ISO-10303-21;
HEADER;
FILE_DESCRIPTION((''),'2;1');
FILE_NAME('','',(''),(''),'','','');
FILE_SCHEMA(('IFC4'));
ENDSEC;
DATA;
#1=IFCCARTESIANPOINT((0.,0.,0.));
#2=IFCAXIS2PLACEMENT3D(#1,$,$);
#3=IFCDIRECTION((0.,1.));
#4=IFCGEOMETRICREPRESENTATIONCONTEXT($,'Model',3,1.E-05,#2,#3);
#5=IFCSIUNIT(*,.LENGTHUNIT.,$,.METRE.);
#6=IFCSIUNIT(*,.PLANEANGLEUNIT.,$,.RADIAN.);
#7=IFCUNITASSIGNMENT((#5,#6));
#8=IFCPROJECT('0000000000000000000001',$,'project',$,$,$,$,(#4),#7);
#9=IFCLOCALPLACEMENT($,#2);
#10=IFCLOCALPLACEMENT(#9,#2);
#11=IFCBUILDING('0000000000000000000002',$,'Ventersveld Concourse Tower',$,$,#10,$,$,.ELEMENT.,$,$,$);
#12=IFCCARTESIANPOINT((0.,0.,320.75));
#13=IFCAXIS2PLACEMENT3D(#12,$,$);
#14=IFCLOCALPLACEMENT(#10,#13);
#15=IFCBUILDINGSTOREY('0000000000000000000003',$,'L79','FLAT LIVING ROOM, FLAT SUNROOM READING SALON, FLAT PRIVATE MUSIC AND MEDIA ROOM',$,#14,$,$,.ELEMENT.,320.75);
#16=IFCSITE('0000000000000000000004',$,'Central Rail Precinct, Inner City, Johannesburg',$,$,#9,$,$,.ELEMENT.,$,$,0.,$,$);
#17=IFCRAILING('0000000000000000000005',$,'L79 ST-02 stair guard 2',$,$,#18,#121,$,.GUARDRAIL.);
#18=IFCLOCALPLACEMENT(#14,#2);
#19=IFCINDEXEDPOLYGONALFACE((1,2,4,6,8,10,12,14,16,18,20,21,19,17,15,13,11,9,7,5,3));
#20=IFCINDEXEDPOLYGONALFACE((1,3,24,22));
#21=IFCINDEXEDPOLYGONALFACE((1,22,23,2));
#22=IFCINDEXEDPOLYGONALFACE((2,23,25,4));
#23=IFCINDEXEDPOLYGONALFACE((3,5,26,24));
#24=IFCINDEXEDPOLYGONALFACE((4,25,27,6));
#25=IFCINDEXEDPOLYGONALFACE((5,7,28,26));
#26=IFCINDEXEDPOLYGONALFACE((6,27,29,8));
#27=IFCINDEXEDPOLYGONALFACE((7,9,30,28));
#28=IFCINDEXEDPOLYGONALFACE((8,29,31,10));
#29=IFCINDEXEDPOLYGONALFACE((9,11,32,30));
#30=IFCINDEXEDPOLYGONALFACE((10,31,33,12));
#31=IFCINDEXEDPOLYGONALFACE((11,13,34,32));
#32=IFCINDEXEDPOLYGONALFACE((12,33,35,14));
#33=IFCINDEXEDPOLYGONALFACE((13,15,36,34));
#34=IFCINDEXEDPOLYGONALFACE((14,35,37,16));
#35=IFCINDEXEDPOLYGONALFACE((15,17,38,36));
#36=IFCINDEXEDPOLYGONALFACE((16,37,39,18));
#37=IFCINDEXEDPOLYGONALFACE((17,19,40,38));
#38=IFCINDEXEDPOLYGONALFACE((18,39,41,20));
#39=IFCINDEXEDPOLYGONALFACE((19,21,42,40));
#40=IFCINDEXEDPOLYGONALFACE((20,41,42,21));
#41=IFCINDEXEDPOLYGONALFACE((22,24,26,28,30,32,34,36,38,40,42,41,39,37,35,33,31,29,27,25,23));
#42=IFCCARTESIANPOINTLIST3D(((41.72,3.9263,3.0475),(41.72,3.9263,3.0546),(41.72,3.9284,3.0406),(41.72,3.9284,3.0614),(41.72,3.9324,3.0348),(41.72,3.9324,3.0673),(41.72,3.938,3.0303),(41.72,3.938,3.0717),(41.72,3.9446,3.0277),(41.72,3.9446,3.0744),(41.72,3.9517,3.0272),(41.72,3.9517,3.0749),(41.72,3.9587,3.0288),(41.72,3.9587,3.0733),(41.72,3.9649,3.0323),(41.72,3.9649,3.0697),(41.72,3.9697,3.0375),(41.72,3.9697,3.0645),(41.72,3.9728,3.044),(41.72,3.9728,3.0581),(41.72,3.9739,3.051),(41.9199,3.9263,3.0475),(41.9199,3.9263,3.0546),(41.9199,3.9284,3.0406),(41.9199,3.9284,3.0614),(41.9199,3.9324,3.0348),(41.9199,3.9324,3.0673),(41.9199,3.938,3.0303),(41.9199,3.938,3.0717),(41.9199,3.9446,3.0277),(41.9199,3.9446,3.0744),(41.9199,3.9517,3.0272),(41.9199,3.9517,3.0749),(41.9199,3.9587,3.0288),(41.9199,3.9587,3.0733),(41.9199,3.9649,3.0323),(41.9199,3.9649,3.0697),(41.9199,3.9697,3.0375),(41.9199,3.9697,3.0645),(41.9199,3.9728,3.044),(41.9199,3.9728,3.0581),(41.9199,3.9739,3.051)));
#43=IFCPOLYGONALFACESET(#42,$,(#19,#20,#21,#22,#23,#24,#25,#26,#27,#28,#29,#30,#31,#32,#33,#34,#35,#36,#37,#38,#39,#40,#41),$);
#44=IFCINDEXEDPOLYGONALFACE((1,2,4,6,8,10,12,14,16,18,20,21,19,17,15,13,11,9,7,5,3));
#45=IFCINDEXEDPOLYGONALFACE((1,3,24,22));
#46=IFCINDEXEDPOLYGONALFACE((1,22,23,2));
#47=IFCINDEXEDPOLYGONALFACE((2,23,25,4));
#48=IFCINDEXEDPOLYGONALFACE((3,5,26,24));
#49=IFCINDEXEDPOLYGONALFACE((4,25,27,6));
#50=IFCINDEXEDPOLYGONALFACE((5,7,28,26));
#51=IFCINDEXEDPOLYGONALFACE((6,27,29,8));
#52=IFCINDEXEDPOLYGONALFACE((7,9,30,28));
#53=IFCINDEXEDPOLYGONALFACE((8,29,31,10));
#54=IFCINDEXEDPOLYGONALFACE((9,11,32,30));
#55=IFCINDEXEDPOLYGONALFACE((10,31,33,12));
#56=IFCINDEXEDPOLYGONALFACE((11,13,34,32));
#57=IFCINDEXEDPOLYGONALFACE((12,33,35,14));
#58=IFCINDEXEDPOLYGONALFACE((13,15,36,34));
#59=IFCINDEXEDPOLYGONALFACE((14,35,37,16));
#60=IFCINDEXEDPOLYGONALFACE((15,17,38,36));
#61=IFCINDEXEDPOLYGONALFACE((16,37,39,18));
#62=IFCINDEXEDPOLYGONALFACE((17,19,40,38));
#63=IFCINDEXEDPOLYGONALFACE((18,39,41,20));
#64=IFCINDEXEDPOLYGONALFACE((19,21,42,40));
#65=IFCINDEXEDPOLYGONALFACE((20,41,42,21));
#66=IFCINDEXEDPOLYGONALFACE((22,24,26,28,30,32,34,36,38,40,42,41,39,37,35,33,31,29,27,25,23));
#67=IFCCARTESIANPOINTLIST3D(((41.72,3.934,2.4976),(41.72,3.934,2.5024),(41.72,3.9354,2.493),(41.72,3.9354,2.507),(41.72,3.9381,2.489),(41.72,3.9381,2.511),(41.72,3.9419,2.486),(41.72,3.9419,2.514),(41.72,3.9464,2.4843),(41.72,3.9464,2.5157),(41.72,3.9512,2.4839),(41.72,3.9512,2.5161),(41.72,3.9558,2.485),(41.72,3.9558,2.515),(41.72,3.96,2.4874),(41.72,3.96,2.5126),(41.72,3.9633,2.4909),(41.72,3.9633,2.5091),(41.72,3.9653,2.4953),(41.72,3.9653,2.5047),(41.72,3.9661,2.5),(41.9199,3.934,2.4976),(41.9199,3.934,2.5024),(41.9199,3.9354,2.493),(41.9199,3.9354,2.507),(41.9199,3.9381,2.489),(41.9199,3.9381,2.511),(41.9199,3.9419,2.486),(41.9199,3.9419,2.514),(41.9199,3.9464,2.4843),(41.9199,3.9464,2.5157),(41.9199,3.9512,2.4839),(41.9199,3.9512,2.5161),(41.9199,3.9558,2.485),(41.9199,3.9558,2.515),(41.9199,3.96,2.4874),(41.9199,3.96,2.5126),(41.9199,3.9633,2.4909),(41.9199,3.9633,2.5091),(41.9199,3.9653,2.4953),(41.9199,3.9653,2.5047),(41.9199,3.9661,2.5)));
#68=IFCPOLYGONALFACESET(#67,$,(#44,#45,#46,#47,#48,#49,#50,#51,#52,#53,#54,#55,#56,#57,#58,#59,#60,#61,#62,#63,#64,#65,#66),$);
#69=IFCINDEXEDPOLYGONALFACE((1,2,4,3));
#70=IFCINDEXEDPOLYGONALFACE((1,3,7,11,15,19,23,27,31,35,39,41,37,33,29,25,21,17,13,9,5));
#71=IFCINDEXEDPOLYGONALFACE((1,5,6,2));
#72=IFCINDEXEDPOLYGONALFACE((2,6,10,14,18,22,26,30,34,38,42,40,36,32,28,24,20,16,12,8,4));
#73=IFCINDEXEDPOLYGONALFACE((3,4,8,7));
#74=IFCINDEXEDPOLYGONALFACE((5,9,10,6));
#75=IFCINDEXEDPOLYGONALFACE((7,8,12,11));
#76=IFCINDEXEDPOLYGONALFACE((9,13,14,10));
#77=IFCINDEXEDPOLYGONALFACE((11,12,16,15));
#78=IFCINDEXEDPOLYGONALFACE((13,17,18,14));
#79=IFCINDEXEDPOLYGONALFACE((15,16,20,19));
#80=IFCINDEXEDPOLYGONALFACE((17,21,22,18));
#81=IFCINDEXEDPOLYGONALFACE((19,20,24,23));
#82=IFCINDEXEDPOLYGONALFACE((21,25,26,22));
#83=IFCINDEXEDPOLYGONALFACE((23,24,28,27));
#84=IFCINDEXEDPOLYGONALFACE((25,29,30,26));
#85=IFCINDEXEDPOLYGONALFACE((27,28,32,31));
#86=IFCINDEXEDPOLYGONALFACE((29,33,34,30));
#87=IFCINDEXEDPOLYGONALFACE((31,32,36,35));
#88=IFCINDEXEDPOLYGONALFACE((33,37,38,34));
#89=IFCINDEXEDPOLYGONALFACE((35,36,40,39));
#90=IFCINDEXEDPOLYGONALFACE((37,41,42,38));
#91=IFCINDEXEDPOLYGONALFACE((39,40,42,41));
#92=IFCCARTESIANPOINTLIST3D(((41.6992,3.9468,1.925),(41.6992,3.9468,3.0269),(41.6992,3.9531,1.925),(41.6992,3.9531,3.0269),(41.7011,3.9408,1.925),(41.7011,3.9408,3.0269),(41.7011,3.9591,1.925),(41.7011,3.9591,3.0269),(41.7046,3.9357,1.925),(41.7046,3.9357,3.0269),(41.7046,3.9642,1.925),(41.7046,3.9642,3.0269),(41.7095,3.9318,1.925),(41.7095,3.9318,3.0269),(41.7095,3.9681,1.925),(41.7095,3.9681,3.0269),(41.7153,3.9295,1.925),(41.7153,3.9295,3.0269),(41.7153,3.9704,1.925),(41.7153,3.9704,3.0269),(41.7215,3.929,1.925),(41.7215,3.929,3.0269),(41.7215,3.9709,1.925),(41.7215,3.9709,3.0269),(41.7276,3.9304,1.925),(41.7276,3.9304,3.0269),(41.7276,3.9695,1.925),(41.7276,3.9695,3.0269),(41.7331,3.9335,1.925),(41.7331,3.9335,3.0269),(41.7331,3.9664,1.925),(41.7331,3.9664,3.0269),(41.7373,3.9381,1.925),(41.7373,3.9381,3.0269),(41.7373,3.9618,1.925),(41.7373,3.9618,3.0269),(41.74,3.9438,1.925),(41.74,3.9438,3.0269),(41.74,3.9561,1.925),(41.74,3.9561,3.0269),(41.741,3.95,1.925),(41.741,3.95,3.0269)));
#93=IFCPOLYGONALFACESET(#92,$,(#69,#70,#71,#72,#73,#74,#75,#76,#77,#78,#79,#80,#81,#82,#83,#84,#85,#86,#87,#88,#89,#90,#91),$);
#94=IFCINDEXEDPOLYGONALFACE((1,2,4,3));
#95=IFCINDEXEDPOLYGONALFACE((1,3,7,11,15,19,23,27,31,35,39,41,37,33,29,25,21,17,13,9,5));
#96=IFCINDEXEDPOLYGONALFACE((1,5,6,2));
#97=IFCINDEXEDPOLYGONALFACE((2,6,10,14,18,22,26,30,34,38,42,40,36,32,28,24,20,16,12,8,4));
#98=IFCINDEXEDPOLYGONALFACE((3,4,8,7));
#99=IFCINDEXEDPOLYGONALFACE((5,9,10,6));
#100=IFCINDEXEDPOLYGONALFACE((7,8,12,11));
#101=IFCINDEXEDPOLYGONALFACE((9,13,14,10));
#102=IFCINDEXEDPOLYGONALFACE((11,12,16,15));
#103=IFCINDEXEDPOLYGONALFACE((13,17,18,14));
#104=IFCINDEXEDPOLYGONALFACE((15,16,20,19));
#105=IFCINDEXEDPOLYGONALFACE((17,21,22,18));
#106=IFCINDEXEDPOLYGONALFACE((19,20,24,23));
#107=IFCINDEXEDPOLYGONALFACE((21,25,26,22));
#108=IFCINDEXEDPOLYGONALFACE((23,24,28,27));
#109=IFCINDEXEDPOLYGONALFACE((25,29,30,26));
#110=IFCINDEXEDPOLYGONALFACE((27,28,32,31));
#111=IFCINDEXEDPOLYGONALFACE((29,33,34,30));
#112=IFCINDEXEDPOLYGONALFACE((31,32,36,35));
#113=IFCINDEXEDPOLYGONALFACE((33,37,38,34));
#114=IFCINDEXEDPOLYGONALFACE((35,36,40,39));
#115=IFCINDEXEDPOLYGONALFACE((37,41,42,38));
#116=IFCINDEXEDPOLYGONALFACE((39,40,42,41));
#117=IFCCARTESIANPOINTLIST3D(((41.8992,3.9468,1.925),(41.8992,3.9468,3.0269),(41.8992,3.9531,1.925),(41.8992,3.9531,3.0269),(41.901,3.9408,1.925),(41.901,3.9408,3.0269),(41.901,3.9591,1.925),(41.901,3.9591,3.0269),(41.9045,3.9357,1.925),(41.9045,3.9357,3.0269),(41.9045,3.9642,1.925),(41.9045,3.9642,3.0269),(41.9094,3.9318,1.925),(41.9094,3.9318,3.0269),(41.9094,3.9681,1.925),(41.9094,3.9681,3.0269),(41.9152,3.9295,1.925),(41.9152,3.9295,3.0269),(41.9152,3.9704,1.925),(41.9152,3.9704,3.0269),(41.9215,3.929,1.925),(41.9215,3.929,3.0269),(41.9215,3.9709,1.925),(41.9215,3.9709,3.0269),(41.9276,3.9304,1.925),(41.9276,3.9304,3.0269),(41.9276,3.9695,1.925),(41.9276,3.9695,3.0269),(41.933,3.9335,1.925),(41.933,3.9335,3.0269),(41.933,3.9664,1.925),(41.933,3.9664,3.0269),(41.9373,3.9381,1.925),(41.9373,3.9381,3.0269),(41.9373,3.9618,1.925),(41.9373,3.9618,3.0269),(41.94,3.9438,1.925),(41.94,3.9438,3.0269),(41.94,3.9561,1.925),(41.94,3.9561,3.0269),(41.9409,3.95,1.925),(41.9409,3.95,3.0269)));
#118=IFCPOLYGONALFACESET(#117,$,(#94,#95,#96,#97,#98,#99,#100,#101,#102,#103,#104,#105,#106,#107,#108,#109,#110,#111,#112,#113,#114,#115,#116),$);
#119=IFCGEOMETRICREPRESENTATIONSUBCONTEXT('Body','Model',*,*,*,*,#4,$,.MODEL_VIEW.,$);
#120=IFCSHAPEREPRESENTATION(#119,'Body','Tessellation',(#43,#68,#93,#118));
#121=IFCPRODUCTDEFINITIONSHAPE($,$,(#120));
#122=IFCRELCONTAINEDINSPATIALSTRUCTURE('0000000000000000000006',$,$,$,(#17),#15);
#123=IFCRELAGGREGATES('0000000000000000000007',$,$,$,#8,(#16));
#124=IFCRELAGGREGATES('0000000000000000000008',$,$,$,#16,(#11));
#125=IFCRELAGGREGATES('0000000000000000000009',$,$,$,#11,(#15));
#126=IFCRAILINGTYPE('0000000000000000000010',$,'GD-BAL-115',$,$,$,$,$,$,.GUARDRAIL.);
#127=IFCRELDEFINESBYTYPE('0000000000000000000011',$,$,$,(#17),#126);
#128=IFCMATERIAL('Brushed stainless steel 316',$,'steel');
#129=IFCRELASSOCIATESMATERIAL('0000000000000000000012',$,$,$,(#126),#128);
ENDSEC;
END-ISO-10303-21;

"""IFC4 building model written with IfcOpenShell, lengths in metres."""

from ifc_helpers import new_model, si_unit, direction, frame, origin, origin_2d, place, context, subcontext, project, spatial, circle, extrude, material, type_object, element, save


model = new_model("IFC4")

# Units and contexts
model_context = context("Model", 3, precision=1e-05, world=origin(), true_north=direction((0.0, 1.0)))
body_context = subcontext(model_context, "Body", "Model", "MODEL_VIEW")
ifc_project = project(units=[si_unit("LENGTHUNIT", "METRE"), si_unit("PLANEANGLEUNIT", "RADIAN")], contexts=[model_context])

# Site, building, storey
site_placement = place(None, origin())
site = spatial("IfcSite", under=ifc_project, at=site_placement, Name="Central Rail Precinct, Inner City, Johannesburg", CompositionType="ELEMENT", RefElevation=0.0)
building_placement = place(site_placement, origin())
building = spatial("IfcBuilding", under=site, at=building_placement, Name="Ventersveld Concourse Tower", CompositionType="ELEMENT")
storey_placement = place(building_placement, frame((0.0, 0.0, 320.75)))
storey = spatial("IfcBuildingStorey", under=building, at=storey_placement, Name="L79", Description="FLAT LIVING ROOM, FLAT SUNROOM READING SALON, FLAT PRIVATE MUSIC AND MEDIA ROOM", CompositionType="ELEMENT", Elevation=320.75)

# Shared definitions
ifc_material_1 = material(Name="Brushed stainless steel 316", Category="steel")

# Railing
railing_type_1 = type_object("IfcRailingType", Name="GD-BAL-115", PredefinedType="GUARDRAIL", material=ifc_material_1)
railing_1_placement = place(storey_placement, frame((41.72, 3.95, 1.925)))
element("IfcRailing", 1, at=railing_1_placement, inside=storey, type_object=railing_type_1, Name="L79 ST-02 stair guard 2", PredefinedType="GUARDRAIL", context=body_context, shape_type="SweptSolid", body=[
    extrude(circle(Radius=0.0239, at=origin_2d()), frame((0.0, 0.0, 1.126), z_axis=(1.0, 0.0, 0.0), x_axis=(0.0, 1.0, 0.0)), (0.0, 0.0, 1.0), 0.2),
    extrude(circle(Radius=0.0161, at=origin_2d()), frame((0.0, 0.0, 0.575), z_axis=(1.0, 0.0, 0.0), x_axis=(0.0, 1.0, 0.0)), (0.0, 0.0, 1.0), 0.2),
    extrude(circle(Radius=0.021, at=origin_2d()), origin(), (0.0, 0.0, 1.0), 1.1018),
    extrude(circle(Radius=0.021, at=origin_2d()), frame((0.2, 0.0, 0.0)), (0.0, 0.0, 1.0), 1.1018),
])

save(model, "model.ifc")
